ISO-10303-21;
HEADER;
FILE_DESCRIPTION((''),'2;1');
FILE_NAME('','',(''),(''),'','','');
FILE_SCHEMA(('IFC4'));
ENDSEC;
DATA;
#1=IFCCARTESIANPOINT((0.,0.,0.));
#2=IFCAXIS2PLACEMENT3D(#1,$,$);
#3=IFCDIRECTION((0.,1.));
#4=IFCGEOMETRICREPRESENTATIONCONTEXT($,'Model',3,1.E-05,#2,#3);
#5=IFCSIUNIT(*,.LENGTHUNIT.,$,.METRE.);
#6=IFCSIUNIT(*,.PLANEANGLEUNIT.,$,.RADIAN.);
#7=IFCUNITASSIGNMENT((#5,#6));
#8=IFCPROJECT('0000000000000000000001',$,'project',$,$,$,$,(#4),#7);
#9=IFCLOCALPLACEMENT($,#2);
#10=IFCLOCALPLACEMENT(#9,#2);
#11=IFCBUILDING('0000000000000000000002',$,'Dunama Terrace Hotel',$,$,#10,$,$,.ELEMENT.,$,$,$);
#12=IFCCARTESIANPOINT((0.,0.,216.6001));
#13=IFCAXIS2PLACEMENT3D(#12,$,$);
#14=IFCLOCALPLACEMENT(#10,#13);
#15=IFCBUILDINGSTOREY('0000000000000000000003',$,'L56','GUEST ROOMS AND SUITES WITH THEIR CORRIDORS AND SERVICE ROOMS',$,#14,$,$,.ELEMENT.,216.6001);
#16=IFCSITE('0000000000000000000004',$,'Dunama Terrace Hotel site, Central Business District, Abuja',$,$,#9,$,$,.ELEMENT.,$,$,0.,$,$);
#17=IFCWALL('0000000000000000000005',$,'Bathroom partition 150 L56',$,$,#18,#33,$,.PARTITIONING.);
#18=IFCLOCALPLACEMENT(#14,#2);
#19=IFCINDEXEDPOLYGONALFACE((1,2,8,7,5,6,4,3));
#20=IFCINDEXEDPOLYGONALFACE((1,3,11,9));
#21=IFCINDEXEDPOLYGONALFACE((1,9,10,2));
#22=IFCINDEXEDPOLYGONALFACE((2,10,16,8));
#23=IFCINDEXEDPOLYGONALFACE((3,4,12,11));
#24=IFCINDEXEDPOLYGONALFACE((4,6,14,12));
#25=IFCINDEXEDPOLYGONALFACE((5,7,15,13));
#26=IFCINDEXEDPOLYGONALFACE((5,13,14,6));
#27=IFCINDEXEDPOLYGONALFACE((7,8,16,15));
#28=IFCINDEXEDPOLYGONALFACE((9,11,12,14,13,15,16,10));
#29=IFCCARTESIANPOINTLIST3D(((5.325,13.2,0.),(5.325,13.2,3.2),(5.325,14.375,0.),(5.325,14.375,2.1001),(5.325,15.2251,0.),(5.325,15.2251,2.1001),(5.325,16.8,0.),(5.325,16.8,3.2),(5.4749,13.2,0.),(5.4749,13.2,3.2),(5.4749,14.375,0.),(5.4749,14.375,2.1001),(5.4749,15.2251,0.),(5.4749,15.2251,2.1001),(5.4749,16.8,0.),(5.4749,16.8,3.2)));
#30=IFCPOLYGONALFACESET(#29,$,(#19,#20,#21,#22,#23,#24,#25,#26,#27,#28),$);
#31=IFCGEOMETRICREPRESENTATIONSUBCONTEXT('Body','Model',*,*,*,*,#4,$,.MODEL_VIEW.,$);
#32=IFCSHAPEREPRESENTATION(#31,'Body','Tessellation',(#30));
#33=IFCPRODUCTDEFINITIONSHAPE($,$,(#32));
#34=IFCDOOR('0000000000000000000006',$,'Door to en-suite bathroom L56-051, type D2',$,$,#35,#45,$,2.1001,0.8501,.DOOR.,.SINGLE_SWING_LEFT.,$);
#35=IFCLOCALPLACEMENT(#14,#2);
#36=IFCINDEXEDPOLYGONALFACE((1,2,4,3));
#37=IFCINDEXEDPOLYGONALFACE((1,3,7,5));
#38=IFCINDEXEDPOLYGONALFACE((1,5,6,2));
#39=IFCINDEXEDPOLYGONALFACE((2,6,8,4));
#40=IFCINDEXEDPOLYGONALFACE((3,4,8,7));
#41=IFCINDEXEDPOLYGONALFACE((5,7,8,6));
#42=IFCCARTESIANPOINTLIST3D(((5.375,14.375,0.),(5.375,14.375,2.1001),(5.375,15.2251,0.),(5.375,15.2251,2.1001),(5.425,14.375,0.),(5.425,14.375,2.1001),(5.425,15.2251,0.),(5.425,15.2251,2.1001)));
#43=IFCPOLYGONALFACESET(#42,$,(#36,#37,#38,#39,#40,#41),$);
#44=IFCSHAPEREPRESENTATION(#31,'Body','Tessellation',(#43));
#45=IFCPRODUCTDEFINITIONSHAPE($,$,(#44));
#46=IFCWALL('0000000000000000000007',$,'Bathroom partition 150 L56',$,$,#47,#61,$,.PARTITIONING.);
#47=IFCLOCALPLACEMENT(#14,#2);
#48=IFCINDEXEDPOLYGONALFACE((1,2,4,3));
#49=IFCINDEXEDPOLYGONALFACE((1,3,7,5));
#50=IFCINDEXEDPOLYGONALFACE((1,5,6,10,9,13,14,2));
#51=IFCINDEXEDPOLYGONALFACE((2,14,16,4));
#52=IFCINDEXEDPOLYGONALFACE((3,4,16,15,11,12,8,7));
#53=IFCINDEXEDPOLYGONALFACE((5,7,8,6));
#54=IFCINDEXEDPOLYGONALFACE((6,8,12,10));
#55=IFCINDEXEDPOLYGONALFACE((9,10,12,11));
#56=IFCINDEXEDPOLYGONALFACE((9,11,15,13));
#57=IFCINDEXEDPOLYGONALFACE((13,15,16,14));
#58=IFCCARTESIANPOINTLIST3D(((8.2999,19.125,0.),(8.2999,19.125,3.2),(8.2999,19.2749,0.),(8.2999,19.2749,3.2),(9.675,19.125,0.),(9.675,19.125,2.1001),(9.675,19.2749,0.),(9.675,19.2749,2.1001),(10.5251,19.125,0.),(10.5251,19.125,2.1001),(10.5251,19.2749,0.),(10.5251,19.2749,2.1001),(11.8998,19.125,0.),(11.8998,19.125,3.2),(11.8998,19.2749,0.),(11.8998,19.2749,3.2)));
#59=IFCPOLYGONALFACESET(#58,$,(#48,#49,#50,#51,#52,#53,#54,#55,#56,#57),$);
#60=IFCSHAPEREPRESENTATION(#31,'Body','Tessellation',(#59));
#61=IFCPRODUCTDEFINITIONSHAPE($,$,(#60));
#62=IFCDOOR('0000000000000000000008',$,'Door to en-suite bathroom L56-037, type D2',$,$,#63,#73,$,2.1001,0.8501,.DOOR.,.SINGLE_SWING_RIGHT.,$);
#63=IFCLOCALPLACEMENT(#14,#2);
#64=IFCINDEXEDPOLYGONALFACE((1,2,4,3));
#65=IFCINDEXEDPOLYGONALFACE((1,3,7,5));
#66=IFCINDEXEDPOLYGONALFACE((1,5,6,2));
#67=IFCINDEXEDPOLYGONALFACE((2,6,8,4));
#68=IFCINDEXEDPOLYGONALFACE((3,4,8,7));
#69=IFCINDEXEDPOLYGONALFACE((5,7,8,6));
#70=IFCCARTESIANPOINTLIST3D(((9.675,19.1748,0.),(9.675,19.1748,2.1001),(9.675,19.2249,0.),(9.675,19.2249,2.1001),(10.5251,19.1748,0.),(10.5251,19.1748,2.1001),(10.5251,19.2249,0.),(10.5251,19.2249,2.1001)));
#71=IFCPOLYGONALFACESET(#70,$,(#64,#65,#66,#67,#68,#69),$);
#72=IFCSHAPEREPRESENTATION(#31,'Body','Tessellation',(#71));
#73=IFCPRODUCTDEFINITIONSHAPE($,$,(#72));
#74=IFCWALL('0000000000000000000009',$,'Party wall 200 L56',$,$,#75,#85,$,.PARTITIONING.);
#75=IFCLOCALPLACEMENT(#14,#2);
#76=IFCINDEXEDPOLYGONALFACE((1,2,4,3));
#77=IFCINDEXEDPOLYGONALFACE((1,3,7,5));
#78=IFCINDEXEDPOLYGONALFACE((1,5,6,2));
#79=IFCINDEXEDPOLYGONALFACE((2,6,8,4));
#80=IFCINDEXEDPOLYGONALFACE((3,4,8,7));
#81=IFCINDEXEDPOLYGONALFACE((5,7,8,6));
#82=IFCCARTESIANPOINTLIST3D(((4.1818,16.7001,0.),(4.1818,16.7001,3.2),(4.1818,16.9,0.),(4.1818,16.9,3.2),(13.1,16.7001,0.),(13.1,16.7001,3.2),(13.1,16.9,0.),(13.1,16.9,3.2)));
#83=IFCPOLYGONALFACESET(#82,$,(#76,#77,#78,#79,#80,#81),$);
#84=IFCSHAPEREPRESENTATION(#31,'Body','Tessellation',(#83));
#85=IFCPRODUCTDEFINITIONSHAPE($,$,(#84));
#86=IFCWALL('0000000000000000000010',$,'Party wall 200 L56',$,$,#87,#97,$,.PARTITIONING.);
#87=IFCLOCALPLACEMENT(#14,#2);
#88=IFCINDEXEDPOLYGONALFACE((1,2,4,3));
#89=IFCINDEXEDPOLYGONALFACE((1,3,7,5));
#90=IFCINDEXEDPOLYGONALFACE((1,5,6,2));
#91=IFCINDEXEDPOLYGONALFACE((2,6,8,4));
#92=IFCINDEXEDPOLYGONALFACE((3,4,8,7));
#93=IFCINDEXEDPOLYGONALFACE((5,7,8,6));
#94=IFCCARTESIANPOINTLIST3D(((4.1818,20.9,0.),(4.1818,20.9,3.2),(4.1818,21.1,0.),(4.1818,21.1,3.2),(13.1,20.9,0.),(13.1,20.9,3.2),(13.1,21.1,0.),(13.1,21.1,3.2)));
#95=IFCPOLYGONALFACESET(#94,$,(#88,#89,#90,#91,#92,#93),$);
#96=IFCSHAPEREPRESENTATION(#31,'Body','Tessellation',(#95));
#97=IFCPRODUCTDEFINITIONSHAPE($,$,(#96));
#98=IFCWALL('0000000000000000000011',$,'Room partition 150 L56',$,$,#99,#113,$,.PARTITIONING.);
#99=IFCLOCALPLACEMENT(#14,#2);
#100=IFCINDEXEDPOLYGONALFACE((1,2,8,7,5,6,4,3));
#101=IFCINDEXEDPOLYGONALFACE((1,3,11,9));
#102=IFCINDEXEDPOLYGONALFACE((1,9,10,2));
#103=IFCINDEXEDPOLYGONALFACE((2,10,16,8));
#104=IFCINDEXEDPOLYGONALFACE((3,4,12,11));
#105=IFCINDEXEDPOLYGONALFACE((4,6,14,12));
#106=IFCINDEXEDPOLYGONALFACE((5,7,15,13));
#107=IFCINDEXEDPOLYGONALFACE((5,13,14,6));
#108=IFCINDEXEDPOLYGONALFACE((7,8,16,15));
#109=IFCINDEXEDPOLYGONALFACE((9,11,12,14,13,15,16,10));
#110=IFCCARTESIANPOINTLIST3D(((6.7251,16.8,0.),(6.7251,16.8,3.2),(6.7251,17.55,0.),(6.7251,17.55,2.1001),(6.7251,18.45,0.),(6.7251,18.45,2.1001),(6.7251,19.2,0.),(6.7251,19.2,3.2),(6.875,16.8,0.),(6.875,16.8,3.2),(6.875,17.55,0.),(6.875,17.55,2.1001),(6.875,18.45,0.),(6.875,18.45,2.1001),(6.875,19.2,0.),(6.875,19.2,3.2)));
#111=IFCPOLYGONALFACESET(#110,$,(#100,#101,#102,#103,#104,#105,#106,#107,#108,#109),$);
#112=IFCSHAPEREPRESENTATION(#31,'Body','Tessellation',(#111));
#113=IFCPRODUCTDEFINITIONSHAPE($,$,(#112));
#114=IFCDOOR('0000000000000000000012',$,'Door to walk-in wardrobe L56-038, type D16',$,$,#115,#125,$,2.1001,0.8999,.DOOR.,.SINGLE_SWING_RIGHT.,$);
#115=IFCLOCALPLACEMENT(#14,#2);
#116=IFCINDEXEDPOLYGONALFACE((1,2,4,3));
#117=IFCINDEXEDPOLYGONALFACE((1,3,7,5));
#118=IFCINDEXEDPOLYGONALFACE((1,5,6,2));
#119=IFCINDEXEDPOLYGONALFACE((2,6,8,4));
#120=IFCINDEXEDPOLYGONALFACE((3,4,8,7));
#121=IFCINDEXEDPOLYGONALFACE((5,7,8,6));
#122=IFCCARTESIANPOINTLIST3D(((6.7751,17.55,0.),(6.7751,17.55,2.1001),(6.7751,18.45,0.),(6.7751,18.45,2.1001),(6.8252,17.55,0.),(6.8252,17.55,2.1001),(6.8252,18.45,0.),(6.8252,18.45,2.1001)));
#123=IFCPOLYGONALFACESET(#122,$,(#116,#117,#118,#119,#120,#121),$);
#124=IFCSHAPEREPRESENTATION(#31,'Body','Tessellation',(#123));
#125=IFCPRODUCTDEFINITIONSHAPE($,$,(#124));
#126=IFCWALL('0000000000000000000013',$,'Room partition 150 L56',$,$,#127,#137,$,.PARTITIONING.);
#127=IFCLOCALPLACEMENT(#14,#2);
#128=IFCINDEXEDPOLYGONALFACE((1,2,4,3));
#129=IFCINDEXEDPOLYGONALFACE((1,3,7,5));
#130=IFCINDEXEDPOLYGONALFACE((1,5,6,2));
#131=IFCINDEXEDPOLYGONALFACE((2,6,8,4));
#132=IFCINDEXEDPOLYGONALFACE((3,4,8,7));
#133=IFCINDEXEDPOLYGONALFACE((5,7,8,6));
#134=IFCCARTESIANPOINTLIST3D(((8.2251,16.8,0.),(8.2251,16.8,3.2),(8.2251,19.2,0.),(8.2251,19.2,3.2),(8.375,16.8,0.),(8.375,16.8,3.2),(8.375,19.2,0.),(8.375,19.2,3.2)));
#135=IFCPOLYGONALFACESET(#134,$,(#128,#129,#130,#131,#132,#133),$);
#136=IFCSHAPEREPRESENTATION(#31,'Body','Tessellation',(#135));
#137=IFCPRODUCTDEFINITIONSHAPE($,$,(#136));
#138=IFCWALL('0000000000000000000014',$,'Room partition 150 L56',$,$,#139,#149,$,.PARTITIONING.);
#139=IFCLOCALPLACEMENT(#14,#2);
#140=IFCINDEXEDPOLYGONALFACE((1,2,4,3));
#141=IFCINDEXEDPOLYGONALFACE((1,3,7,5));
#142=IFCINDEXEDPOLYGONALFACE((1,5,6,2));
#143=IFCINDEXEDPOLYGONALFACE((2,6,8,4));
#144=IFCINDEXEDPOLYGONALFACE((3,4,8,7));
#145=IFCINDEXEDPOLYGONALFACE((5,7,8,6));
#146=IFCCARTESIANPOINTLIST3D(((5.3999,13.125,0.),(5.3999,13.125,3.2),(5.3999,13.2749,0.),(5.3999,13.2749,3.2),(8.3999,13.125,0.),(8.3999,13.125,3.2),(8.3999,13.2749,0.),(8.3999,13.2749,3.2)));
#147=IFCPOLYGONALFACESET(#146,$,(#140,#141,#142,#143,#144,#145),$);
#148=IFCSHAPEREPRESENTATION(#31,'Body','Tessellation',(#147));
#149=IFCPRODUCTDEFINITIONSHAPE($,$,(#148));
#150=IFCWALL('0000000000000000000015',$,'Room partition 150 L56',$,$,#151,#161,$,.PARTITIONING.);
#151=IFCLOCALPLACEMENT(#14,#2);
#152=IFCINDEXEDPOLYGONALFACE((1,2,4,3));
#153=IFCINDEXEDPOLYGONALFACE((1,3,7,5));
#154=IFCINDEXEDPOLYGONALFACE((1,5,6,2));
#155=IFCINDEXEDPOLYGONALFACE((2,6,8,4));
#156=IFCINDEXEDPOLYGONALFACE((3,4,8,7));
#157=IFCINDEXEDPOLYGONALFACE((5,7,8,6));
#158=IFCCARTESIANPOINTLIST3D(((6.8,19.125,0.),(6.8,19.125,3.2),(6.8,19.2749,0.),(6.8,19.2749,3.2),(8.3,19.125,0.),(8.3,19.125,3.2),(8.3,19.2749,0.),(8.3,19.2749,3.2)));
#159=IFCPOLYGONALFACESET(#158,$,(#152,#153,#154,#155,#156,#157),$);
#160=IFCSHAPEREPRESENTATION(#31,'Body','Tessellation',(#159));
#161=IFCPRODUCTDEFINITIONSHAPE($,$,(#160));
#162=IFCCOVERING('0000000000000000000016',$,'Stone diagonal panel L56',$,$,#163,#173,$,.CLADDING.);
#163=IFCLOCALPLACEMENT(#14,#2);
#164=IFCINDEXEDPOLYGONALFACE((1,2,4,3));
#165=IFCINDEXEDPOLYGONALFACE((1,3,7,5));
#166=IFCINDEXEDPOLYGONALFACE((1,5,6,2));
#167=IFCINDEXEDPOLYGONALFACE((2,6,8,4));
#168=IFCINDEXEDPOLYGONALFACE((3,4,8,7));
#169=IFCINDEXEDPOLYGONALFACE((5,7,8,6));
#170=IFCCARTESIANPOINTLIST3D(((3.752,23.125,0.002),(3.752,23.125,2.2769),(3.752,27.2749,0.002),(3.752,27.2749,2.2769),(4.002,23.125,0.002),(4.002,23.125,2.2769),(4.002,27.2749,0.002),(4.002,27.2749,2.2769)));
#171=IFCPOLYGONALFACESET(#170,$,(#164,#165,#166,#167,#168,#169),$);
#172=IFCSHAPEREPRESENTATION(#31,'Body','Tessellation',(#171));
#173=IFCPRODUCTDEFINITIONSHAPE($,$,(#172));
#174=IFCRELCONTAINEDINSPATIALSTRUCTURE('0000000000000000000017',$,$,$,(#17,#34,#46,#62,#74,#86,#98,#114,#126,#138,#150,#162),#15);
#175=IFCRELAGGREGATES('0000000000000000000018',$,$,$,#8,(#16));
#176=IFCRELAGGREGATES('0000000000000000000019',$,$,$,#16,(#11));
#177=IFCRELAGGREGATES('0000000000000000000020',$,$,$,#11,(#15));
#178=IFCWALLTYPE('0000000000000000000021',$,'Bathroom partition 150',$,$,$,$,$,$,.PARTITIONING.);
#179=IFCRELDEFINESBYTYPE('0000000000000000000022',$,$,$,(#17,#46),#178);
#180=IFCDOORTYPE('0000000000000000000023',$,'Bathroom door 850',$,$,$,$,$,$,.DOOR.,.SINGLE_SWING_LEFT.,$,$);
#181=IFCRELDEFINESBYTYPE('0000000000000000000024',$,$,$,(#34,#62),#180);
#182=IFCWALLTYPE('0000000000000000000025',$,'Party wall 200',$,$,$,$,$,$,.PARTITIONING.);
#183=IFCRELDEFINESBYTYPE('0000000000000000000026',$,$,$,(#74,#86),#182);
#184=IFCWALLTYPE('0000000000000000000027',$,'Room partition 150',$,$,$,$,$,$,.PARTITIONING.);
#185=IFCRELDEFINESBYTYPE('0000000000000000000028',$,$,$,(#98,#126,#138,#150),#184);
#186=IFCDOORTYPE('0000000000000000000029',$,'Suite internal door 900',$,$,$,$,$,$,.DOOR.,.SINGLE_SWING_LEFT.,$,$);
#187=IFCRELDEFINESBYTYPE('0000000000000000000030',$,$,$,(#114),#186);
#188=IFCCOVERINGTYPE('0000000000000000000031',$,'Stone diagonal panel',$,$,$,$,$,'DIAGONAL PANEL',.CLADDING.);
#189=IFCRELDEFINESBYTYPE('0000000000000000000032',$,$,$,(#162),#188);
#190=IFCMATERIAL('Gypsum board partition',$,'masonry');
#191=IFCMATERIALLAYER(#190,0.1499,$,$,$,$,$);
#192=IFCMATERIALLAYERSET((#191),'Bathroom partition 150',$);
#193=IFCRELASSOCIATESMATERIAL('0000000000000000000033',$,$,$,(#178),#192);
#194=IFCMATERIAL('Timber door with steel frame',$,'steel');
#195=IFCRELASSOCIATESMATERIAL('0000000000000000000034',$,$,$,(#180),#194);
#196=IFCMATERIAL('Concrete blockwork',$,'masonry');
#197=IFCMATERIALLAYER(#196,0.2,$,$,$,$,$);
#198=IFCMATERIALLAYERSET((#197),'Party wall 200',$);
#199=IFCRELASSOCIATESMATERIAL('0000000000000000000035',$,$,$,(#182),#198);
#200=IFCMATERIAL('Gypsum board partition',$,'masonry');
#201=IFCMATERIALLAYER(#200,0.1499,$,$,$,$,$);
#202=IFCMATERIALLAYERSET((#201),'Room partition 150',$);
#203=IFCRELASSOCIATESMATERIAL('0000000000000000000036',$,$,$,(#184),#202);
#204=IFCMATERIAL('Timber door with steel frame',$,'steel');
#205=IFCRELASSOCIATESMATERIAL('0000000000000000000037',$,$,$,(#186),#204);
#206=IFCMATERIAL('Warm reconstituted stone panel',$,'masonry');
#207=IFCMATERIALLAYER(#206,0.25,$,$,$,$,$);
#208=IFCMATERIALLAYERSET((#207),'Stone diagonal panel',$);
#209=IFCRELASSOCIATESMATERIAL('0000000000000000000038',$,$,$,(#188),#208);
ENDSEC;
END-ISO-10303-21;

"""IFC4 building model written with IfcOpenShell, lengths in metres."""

from ifc_helpers import new_model, si_unit, direction, frame, frame_2d, origin, origin_2d, place, context, subcontext, project, spatial, rectangle, extrude, material, layer, layer_set, type_object, element, fill, save


model = new_model("IFC4")

# Units and contexts
model_context = context("Model", 3, precision=1e-05, world=origin(), true_north=direction((0.0, 1.0)))
body_context = subcontext(model_context, "Body", "Model", "MODEL_VIEW")
ifc_project = project(units=[si_unit("LENGTHUNIT", "METRE"), si_unit("PLANEANGLEUNIT", "RADIAN")], contexts=[model_context])

# Site, building, storey
site_placement = place(None, origin())
site = spatial("IfcSite", under=ifc_project, at=site_placement, Name="Dunama Terrace Hotel site, Central Business District, Abuja", CompositionType="ELEMENT", RefElevation=0.0)
building_placement = place(site_placement, origin())
building = spatial("IfcBuilding", under=site, at=building_placement, Name="Dunama Terrace Hotel", CompositionType="ELEMENT")
storey_placement = place(building_placement, frame((0.0, 0.0, 216.6001)))
storey = spatial("IfcBuildingStorey", under=building, at=storey_placement, Name="L56", Description="GUEST ROOMS AND SUITES WITH THEIR CORRIDORS AND SERVICE ROOMS", CompositionType="ELEMENT", Elevation=216.6001)

# Walls, openings, doors
ifc_material_1 = material(Name="Gypsum board partition", Category="masonry")
ifc_layer_1 = layer(ifc_material_1, 0.1499)
ifc_layer_set_1 = layer_set([ifc_layer_1], Name="Bathroom partition 150")
wall_type_1 = type_object("IfcWallType", Name="Bathroom partition 150", PredefinedType="PARTITIONING", material=ifc_layer_set_1)
wall_1_placement = place(storey_placement, frame((5.3999, 13.2, 0.0), z_axis=(0.0, 0.0, 1.0), x_axis=(0.0, 1.0, 0.0)))
wall_1 = element("IfcWall", 1, at=wall_1_placement, inside=storey, type_object=wall_type_1, Name="Bathroom partition 150 L56", PredefinedType="PARTITIONING", context=body_context, shape_type="SweptSolid", body=[
    extrude(rectangle(XDim=3.6001, YDim=0.1499, at=frame_2d((1.8, 0.0))), origin(), (0.0, 0.0, 1.0), 3.2),
])
opening_1_placement = place(wall_1_placement, frame((1.175, 0.0, 0.0)))
opening_1 = element("IfcOpeningElement", 2, at=opening_1_placement, cuts=wall_1, PredefinedType="OPENING", context=body_context, shape_type="SweptSolid", body=[
    extrude(rectangle(XDim=0.8501, YDim=2.1001, at=frame_2d((0.425, 1.05))), frame((0.0, 0.085, 0.0), z_axis=(0.0, -1.0, 0.0), x_axis=(1.0, 0.0, 0.0)), (0.0, 0.0, 1.0), 0.1699),
])
ifc_material_2 = material(Name="Timber door with steel frame", Category="steel")
door_type_1 = type_object("IfcDoorType", Name="Bathroom door 850", OperationType="SINGLE_SWING_LEFT", PredefinedType="DOOR", material=ifc_material_2)
door_1_placement = place(opening_1_placement, frame((0.8501, 0.0, 0.0), z_axis=(0.0, 0.0, 1.0), x_axis=(-1.0, 0.0, 0.0)))
door_1 = element("IfcDoor", 3, at=door_1_placement, inside=storey, type_object=door_type_1, Name="Door to en-suite bathroom L56-051, type D2", OperationType="SINGLE_SWING_LEFT", OverallHeight=2.1001, OverallWidth=0.8501, PredefinedType="DOOR", context=body_context, shape_type="SweptSolid", body=[
    extrude(rectangle(XDim=0.8501, YDim=2.1001, at=frame_2d((0.425, 1.05))), frame((0.0, 0.0251, 0.0), z_axis=(0.0, -1.0, 0.0), x_axis=(1.0, 0.0, 0.0)), (0.0, 0.0, 1.0), 0.05),
])
fill(opening_1, door_1)
wall_2_placement = place(storey_placement, frame((8.3, 19.2, 0.0), z_axis=(0.0, 0.0, 1.0), x_axis=(1.0, 0.0, 0.0)))
wall_2 = element("IfcWall", 4, at=wall_2_placement, inside=storey, type_object=wall_type_1, Name="Bathroom partition 150 L56", PredefinedType="PARTITIONING", context=body_context, shape_type="SweptSolid", body=[
    extrude(rectangle(XDim=3.5999, YDim=0.1499, at=frame_2d((1.7998, 0.0))), origin(), (0.0, 0.0, 1.0), 3.2),
])
opening_2_placement = place(wall_2_placement, frame((1.375, 0.0, 0.0)))
opening_2 = element("IfcOpeningElement", 5, at=opening_2_placement, cuts=wall_2, PredefinedType="OPENING", context=body_context, shape_type="SweptSolid", body=[
    extrude(rectangle(XDim=0.8501, YDim=2.1001, at=frame_2d((0.425, 1.05))), frame((0.0, 0.085, 0.0), z_axis=(0.0, -1.0, 0.0), x_axis=(1.0, 0.0, 0.0)), (0.0, 0.0, 1.0), 0.1699),
])
door_2_placement = place(opening_2_placement, frame((0.8501, 0.0, 0.0), z_axis=(0.0, 0.0, 1.0), x_axis=(-1.0, 0.0, 0.0)))
door_2 = element("IfcDoor", 6, at=door_2_placement, inside=storey, type_object=door_type_1, Name="Door to en-suite bathroom L56-037, type D2", OperationType="SINGLE_SWING_RIGHT", OverallHeight=2.1001, OverallWidth=0.8501, PredefinedType="DOOR", context=body_context, shape_type="SweptSolid", body=[
    extrude(rectangle(XDim=0.8501, YDim=2.1001, at=frame_2d((0.425, 1.05))), frame((0.0, 0.0251, 0.0), z_axis=(0.0, -1.0, 0.0), x_axis=(1.0, 0.0, 0.0)), (0.0, 0.0, 1.0), 0.05),
])
fill(opening_2, door_2)

# Walls
ifc_material_3 = material(Name="Concrete blockwork", Category="masonry")
ifc_layer_2 = layer(ifc_material_3, 0.2)
ifc_layer_set_2 = layer_set([ifc_layer_2], Name="Party wall 200")
wall_type_2 = type_object("IfcWallType", Name="Party wall 200", PredefinedType="PARTITIONING", material=ifc_layer_set_2)
for number, where, z_axis, x_axis, name in (
    (7, (4.1819, 16.8, 0.0), (0.0, 0.0, 1.0), (1.0, 0.0, 0.0), "Party wall 200 L56"),
    (8, (4.1819, 21.0, 0.0), (0.0, 0.0, 1.0), (1.0, 0.0, 0.0), "Party wall 200 L56"),
):
    element("IfcWall", number, at=place(storey_placement, frame(where, z_axis=z_axis, x_axis=x_axis)), inside=storey, type_object=wall_type_2, Name=name, PredefinedType="PARTITIONING", context=body_context, shape_type="SweptSolid", body=[
        extrude(rectangle(XDim=8.9182, YDim=0.2, at=frame_2d((4.459, 0.0))), origin(), (0.0, 0.0, 1.0), 3.2),
    ])

# Wall, opening, door
ifc_material_4 = material(Name="Gypsum board partition", Category="masonry")
ifc_layer_3 = layer(ifc_material_4, 0.1499)
ifc_layer_set_3 = layer_set([ifc_layer_3], Name="Room partition 150")
wall_type_3 = type_object("IfcWallType", Name="Room partition 150", PredefinedType="PARTITIONING", material=ifc_layer_set_3)
wall_3_placement = place(storey_placement, frame((6.8, 16.8, 0.0), z_axis=(0.0, 0.0, 1.0), x_axis=(0.0, 1.0, 0.0)))
wall_3 = element("IfcWall", 9, at=wall_3_placement, inside=storey, type_object=wall_type_3, Name="Room partition 150 L56", PredefinedType="PARTITIONING", context=body_context, shape_type="SweptSolid", body=[
    extrude(rectangle(XDim=2.3999, YDim=0.1499, at=frame_2d((1.2, 0.0))), origin(), (0.0, 0.0, 1.0), 3.2),
])
opening_3_placement = place(wall_3_placement, frame((0.75, 0.0, 0.0)))
opening_3 = element("IfcOpeningElement", 10, at=opening_3_placement, cuts=wall_3, PredefinedType="OPENING", context=body_context, shape_type="SweptSolid", body=[
    extrude(rectangle(XDim=0.8999, YDim=2.1001, at=frame_2d((0.45, 1.05))), frame((0.0, 0.085, 0.0), z_axis=(0.0, -1.0, 0.0), x_axis=(1.0, 0.0, 0.0)), (0.0, 0.0, 1.0), 0.1699),
])
ifc_material_5 = material(Name="Timber door with steel frame", Category="steel")
door_type_2 = type_object("IfcDoorType", Name="Suite internal door 900", OperationType="SINGLE_SWING_LEFT", PredefinedType="DOOR", material=ifc_material_5)
door_3_placement = place(opening_3_placement, frame((0.8999, 0.0, 0.0), z_axis=(0.0, 0.0, 1.0), x_axis=(-1.0, 0.0, 0.0)))
door_3 = element("IfcDoor", 11, at=door_3_placement, inside=storey, type_object=door_type_2, Name="Door to walk-in wardrobe L56-038, type D16", OperationType="SINGLE_SWING_RIGHT", OverallHeight=2.1001, OverallWidth=0.8999, PredefinedType="DOOR", context=body_context, shape_type="SweptSolid", body=[
    extrude(rectangle(XDim=0.8999, YDim=2.1001, at=frame_2d((0.45, 1.05))), frame((0.0, 0.0251, 0.0), z_axis=(0.0, -1.0, 0.0), x_axis=(1.0, 0.0, 0.0)), (0.0, 0.0, 1.0), 0.05),
])
fill(opening_3, door_3)

# Walls
wall_4_placement = place(storey_placement, frame((8.3, 16.8, 0.0), z_axis=(0.0, 0.0, 1.0), x_axis=(0.0, 1.0, 0.0)))
element("IfcWall", 12, at=wall_4_placement, inside=storey, type_object=wall_type_3, Name="Room partition 150 L56", PredefinedType="PARTITIONING", context=body_context, shape_type="SweptSolid", body=[
    extrude(rectangle(XDim=2.3999, YDim=0.1499, at=frame_2d((1.2, 0.0))), origin(), (0.0, 0.0, 1.0), 3.2),
])
wall_5_placement = place(storey_placement, frame((5.3999, 13.2, 0.0), z_axis=(0.0, 0.0, 1.0), x_axis=(1.0, 0.0, 0.0)))
element("IfcWall", 13, at=wall_5_placement, inside=storey, type_object=wall_type_3, Name="Room partition 150 L56", PredefinedType="PARTITIONING", context=body_context, shape_type="SweptSolid", body=[
    extrude(rectangle(XDim=3.0, YDim=0.1499, at=frame_2d((1.5, 0.0))), origin(), (0.0, 0.0, 1.0), 3.2),
])
wall_6_placement = place(storey_placement, frame((6.8, 19.2, 0.0), z_axis=(0.0, 0.0, 1.0), x_axis=(1.0, 0.0, 0.0)))
element("IfcWall", 14, at=wall_6_placement, inside=storey, type_object=wall_type_3, Name="Room partition 150 L56", PredefinedType="PARTITIONING", context=body_context, shape_type="SweptSolid", body=[
    extrude(rectangle(XDim=1.5, YDim=0.1499, at=frame_2d((0.75, 0.0))), origin(), (0.0, 0.0, 1.0), 3.2),
])

# Covering
ifc_material_6 = material(Name="Warm reconstituted stone panel", Category="masonry")
ifc_layer_4 = layer(ifc_material_6, 0.25)
ifc_layer_set_4 = layer_set([ifc_layer_4], Name="Stone diagonal panel")
covering_type = type_object("IfcCoveringType", Name="Stone diagonal panel", ElementType="DIAGONAL PANEL", PredefinedType="CLADDING", material=ifc_layer_set_4)
for number, where, z_axis, x_axis, name in (
    (15, (3.877, 25.2, 0.002), (0.0, 0.0, 1.0), (0.0, -1.0, 0.0), "Stone diagonal panel L56"),
):
    element("IfcCovering", number, at=place(storey_placement, frame(where, z_axis=z_axis, x_axis=x_axis)), inside=storey, type_object=covering_type, Name=name, PredefinedType="CLADDING", context=body_context, shape_type="SweptSolid", body=[
        extrude(rectangle(XDim=4.1499, YDim=0.25, at=origin_2d()), origin(), (0.0, 0.0, 1.0), 2.2749),
    ])

save(model, "model.ifc")
